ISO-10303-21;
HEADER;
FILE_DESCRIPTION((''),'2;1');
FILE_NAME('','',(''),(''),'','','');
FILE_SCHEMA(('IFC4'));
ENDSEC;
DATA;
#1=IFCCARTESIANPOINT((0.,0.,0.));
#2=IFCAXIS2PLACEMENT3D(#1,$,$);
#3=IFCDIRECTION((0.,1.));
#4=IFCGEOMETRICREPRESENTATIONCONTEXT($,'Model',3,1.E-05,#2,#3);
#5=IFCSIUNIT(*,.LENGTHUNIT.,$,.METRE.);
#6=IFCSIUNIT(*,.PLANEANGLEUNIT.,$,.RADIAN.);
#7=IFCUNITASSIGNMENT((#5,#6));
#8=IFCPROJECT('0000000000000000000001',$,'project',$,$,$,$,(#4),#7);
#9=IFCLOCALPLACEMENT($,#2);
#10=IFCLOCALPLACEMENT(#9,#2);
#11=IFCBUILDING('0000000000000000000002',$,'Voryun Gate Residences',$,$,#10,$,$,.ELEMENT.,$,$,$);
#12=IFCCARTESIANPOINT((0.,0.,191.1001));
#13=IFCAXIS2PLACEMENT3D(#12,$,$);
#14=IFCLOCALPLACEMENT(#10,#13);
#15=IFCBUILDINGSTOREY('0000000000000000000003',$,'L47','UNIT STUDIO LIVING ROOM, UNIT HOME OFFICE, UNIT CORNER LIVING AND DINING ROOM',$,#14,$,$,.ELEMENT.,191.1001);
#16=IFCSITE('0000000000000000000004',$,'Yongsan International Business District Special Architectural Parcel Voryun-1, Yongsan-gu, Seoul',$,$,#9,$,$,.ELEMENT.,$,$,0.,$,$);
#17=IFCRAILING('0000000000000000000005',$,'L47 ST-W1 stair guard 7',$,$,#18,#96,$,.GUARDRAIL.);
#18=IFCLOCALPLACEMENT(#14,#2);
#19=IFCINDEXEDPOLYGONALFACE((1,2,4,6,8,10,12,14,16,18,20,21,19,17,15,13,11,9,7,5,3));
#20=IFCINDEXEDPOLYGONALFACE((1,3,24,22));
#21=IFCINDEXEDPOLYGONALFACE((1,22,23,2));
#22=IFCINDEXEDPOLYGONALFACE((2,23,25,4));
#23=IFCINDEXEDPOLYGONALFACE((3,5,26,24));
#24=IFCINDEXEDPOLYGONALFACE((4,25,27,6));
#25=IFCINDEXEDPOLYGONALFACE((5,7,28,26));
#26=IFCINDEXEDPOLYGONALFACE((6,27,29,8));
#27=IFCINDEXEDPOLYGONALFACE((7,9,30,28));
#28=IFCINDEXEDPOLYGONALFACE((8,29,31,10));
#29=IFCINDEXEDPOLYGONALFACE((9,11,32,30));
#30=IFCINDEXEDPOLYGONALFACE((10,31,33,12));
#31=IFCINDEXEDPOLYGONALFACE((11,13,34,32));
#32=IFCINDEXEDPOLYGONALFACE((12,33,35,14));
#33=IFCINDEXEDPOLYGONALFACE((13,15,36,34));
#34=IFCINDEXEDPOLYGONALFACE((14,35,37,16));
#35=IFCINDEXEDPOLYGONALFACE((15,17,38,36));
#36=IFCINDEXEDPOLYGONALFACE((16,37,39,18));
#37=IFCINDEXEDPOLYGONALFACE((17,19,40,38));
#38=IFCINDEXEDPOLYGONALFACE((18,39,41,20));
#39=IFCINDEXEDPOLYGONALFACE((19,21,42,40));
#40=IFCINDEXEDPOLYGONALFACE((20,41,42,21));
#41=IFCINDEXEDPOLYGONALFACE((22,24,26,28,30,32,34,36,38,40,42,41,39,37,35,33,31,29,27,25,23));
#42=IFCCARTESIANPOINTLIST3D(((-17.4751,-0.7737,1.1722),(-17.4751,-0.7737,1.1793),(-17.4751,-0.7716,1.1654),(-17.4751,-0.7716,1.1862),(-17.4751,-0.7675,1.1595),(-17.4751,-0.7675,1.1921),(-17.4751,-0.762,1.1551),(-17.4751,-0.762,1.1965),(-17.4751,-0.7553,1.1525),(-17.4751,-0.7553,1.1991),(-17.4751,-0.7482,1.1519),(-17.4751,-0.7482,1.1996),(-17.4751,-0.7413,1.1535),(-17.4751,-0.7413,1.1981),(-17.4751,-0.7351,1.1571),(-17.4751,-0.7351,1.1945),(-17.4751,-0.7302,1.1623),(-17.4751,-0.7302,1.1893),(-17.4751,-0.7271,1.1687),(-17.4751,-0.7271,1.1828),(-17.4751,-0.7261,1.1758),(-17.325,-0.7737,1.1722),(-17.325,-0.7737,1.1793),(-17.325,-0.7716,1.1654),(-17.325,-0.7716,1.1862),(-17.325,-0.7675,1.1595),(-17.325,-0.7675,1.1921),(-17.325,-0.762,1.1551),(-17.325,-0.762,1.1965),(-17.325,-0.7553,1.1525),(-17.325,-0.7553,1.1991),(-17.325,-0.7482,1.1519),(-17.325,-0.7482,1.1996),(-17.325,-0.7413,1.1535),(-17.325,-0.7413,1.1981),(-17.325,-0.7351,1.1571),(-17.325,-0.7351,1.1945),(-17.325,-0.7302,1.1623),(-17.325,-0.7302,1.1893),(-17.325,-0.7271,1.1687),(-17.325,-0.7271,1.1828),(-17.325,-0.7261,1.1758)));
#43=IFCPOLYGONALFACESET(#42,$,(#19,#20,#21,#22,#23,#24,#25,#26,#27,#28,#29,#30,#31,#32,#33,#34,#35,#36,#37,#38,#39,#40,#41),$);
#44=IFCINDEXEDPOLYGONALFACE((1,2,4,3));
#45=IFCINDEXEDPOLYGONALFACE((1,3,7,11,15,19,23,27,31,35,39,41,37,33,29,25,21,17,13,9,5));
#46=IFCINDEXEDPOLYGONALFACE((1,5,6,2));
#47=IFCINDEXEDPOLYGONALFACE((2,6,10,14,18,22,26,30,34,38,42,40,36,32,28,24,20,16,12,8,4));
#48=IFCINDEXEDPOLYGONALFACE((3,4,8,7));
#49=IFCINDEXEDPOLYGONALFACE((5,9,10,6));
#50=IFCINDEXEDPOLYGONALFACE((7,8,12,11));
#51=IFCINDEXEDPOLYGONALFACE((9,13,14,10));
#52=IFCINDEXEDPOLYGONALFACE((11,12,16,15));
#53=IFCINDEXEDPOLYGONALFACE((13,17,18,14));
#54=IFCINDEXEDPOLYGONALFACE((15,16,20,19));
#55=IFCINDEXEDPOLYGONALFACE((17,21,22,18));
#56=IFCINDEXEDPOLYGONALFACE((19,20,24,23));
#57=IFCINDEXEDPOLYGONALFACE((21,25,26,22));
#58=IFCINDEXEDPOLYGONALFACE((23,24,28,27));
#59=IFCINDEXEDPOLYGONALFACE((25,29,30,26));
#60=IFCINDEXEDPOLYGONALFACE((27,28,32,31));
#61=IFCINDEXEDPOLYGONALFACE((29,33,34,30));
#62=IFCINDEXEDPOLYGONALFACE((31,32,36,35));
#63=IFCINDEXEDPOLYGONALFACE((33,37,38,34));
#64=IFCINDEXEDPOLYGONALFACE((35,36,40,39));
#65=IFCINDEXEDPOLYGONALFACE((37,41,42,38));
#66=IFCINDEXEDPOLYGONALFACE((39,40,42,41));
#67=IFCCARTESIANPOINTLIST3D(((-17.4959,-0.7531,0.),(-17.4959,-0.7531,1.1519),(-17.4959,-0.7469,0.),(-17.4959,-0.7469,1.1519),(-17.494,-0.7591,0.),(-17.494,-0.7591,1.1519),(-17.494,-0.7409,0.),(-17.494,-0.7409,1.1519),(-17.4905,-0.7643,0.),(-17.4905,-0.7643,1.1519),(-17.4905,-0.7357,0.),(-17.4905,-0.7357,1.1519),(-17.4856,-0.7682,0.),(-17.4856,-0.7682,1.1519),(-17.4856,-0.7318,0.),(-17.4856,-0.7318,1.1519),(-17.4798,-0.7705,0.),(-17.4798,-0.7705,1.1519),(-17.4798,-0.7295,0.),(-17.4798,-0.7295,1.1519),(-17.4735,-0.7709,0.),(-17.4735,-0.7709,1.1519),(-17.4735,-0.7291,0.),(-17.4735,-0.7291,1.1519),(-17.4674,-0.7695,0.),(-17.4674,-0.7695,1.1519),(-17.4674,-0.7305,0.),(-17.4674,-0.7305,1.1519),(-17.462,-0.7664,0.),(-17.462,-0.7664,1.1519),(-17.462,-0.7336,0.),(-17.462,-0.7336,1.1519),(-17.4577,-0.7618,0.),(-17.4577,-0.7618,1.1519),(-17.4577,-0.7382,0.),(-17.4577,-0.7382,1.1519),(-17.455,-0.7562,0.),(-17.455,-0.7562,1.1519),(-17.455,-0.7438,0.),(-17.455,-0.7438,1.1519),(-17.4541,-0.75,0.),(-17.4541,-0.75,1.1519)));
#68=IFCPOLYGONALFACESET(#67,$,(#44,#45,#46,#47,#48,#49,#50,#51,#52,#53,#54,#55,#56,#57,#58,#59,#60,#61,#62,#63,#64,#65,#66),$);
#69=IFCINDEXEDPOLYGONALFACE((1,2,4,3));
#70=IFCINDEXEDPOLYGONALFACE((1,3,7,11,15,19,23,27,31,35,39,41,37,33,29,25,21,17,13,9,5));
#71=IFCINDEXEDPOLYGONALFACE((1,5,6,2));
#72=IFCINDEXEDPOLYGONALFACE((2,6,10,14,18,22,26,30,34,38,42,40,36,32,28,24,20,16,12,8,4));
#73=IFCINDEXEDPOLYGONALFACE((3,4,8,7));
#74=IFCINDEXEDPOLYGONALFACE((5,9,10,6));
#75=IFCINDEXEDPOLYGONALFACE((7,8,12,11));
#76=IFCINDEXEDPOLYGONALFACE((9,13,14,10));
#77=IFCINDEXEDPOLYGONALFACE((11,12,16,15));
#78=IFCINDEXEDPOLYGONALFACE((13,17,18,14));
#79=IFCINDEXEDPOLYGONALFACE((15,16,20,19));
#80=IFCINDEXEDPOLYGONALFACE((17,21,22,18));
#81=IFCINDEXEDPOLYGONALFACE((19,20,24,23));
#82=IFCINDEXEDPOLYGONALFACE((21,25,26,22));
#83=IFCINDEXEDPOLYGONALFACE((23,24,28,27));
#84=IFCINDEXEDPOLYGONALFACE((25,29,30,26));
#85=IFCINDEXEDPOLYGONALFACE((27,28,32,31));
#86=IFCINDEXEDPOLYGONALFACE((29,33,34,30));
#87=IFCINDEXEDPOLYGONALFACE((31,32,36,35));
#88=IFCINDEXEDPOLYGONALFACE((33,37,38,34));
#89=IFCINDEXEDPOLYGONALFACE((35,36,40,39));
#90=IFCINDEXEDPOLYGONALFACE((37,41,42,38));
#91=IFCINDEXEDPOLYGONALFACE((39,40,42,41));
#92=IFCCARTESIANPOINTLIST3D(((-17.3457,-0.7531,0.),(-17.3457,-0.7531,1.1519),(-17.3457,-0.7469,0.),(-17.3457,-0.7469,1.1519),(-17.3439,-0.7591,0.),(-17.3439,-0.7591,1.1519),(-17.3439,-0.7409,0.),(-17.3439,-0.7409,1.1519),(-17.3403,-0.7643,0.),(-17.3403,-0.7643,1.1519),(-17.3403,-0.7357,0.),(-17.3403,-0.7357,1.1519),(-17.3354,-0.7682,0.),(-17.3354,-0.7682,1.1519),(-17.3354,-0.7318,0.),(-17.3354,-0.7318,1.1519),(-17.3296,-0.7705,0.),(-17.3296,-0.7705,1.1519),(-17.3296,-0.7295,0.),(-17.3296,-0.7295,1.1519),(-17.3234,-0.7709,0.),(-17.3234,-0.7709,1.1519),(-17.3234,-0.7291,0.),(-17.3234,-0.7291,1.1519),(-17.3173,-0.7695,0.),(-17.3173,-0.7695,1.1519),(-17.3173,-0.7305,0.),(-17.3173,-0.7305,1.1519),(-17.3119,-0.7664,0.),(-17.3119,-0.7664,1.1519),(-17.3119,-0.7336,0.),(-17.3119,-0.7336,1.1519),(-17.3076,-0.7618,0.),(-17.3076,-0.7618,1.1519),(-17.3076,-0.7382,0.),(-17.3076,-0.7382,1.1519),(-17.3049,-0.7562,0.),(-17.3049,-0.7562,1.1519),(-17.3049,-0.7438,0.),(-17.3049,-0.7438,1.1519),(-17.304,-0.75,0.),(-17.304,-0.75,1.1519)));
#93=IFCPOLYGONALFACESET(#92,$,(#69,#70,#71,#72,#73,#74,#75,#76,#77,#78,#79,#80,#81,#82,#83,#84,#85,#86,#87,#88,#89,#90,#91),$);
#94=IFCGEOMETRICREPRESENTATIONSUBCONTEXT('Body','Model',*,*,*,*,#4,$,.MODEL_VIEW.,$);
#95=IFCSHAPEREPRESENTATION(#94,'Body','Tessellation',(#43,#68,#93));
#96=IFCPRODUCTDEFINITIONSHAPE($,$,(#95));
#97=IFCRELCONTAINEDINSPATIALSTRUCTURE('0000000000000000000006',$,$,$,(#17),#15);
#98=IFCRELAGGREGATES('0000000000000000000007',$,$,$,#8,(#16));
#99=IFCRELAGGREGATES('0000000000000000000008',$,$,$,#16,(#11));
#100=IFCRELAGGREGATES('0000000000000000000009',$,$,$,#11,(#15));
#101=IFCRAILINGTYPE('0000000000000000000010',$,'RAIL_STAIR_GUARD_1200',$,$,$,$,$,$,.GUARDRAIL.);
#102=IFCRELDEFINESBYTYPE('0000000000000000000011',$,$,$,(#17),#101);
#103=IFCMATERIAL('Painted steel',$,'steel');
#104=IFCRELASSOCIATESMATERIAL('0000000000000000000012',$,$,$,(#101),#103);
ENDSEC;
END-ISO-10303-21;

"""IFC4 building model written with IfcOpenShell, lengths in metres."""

from ifc_helpers import new_model, si_unit, direction, frame, origin, origin_2d, place, context, subcontext, project, spatial, circle, extrude, material, type_object, element, save


model = new_model("IFC4")

# Units and contexts
model_context = context("Model", 3, precision=1e-05, world=origin(), true_north=direction((0.0, 1.0)))
body_context = subcontext(model_context, "Body", "Model", "MODEL_VIEW")
ifc_project = project(units=[si_unit("LENGTHUNIT", "METRE"), si_unit("PLANEANGLEUNIT", "RADIAN")], contexts=[model_context])

# Site, building, storey
site_placement = place(None, origin())
site = spatial("IfcSite", under=ifc_project, at=site_placement, Name="Yongsan International Business District Special Architectural Parcel Voryun-1, Yongsan-gu, Seoul", CompositionType="ELEMENT", RefElevation=0.0)
building_placement = place(site_placement, origin())
building = spatial("IfcBuilding", under=site, at=building_placement, Name="Voryun Gate Residences", CompositionType="ELEMENT")
storey_placement = place(building_placement, frame((0.0, 0.0, 191.1001)))
storey = spatial("IfcBuildingStorey", under=building, at=storey_placement, Name="L47", Description="UNIT STUDIO LIVING ROOM, UNIT HOME OFFICE, UNIT CORNER LIVING AND DINING ROOM", CompositionType="ELEMENT", Elevation=191.1001)

# Railing
ifc_material_1 = material(Name="Painted steel", Category="steel")
railing_type_1 = type_object("IfcRailingType", Name="RAIL_STAIR_GUARD_1200", PredefinedType="GUARDRAIL", material=ifc_material_1)
railing_1_placement = place(storey_placement, frame((-17.4751, -0.75, 0.0)))
element("IfcRailing", 1, at=railing_1_placement, inside=storey, type_object=railing_type_1, Name="L47 ST-W1 stair guard 7", PredefinedType="GUARDRAIL", context=body_context, shape_type="SweptSolid", body=[
    extrude(circle(Radius=0.0239, at=origin_2d()), frame((0.0, 0.0, 1.1758), z_axis=(1.0, 0.0, 0.0), x_axis=(0.0, 1.0, 0.0)), (0.0, 0.0, 1.0), 0.1501),
    extrude(circle(Radius=0.021, at=origin_2d()), origin(), (0.0, 0.0, 1.0), 1.1519),
    extrude(circle(Radius=0.021, at=origin_2d()), frame((0.1501, 0.0, 0.0)), (0.0, 0.0, 1.0), 1.1519),
])

save(model, "model.ifc")
